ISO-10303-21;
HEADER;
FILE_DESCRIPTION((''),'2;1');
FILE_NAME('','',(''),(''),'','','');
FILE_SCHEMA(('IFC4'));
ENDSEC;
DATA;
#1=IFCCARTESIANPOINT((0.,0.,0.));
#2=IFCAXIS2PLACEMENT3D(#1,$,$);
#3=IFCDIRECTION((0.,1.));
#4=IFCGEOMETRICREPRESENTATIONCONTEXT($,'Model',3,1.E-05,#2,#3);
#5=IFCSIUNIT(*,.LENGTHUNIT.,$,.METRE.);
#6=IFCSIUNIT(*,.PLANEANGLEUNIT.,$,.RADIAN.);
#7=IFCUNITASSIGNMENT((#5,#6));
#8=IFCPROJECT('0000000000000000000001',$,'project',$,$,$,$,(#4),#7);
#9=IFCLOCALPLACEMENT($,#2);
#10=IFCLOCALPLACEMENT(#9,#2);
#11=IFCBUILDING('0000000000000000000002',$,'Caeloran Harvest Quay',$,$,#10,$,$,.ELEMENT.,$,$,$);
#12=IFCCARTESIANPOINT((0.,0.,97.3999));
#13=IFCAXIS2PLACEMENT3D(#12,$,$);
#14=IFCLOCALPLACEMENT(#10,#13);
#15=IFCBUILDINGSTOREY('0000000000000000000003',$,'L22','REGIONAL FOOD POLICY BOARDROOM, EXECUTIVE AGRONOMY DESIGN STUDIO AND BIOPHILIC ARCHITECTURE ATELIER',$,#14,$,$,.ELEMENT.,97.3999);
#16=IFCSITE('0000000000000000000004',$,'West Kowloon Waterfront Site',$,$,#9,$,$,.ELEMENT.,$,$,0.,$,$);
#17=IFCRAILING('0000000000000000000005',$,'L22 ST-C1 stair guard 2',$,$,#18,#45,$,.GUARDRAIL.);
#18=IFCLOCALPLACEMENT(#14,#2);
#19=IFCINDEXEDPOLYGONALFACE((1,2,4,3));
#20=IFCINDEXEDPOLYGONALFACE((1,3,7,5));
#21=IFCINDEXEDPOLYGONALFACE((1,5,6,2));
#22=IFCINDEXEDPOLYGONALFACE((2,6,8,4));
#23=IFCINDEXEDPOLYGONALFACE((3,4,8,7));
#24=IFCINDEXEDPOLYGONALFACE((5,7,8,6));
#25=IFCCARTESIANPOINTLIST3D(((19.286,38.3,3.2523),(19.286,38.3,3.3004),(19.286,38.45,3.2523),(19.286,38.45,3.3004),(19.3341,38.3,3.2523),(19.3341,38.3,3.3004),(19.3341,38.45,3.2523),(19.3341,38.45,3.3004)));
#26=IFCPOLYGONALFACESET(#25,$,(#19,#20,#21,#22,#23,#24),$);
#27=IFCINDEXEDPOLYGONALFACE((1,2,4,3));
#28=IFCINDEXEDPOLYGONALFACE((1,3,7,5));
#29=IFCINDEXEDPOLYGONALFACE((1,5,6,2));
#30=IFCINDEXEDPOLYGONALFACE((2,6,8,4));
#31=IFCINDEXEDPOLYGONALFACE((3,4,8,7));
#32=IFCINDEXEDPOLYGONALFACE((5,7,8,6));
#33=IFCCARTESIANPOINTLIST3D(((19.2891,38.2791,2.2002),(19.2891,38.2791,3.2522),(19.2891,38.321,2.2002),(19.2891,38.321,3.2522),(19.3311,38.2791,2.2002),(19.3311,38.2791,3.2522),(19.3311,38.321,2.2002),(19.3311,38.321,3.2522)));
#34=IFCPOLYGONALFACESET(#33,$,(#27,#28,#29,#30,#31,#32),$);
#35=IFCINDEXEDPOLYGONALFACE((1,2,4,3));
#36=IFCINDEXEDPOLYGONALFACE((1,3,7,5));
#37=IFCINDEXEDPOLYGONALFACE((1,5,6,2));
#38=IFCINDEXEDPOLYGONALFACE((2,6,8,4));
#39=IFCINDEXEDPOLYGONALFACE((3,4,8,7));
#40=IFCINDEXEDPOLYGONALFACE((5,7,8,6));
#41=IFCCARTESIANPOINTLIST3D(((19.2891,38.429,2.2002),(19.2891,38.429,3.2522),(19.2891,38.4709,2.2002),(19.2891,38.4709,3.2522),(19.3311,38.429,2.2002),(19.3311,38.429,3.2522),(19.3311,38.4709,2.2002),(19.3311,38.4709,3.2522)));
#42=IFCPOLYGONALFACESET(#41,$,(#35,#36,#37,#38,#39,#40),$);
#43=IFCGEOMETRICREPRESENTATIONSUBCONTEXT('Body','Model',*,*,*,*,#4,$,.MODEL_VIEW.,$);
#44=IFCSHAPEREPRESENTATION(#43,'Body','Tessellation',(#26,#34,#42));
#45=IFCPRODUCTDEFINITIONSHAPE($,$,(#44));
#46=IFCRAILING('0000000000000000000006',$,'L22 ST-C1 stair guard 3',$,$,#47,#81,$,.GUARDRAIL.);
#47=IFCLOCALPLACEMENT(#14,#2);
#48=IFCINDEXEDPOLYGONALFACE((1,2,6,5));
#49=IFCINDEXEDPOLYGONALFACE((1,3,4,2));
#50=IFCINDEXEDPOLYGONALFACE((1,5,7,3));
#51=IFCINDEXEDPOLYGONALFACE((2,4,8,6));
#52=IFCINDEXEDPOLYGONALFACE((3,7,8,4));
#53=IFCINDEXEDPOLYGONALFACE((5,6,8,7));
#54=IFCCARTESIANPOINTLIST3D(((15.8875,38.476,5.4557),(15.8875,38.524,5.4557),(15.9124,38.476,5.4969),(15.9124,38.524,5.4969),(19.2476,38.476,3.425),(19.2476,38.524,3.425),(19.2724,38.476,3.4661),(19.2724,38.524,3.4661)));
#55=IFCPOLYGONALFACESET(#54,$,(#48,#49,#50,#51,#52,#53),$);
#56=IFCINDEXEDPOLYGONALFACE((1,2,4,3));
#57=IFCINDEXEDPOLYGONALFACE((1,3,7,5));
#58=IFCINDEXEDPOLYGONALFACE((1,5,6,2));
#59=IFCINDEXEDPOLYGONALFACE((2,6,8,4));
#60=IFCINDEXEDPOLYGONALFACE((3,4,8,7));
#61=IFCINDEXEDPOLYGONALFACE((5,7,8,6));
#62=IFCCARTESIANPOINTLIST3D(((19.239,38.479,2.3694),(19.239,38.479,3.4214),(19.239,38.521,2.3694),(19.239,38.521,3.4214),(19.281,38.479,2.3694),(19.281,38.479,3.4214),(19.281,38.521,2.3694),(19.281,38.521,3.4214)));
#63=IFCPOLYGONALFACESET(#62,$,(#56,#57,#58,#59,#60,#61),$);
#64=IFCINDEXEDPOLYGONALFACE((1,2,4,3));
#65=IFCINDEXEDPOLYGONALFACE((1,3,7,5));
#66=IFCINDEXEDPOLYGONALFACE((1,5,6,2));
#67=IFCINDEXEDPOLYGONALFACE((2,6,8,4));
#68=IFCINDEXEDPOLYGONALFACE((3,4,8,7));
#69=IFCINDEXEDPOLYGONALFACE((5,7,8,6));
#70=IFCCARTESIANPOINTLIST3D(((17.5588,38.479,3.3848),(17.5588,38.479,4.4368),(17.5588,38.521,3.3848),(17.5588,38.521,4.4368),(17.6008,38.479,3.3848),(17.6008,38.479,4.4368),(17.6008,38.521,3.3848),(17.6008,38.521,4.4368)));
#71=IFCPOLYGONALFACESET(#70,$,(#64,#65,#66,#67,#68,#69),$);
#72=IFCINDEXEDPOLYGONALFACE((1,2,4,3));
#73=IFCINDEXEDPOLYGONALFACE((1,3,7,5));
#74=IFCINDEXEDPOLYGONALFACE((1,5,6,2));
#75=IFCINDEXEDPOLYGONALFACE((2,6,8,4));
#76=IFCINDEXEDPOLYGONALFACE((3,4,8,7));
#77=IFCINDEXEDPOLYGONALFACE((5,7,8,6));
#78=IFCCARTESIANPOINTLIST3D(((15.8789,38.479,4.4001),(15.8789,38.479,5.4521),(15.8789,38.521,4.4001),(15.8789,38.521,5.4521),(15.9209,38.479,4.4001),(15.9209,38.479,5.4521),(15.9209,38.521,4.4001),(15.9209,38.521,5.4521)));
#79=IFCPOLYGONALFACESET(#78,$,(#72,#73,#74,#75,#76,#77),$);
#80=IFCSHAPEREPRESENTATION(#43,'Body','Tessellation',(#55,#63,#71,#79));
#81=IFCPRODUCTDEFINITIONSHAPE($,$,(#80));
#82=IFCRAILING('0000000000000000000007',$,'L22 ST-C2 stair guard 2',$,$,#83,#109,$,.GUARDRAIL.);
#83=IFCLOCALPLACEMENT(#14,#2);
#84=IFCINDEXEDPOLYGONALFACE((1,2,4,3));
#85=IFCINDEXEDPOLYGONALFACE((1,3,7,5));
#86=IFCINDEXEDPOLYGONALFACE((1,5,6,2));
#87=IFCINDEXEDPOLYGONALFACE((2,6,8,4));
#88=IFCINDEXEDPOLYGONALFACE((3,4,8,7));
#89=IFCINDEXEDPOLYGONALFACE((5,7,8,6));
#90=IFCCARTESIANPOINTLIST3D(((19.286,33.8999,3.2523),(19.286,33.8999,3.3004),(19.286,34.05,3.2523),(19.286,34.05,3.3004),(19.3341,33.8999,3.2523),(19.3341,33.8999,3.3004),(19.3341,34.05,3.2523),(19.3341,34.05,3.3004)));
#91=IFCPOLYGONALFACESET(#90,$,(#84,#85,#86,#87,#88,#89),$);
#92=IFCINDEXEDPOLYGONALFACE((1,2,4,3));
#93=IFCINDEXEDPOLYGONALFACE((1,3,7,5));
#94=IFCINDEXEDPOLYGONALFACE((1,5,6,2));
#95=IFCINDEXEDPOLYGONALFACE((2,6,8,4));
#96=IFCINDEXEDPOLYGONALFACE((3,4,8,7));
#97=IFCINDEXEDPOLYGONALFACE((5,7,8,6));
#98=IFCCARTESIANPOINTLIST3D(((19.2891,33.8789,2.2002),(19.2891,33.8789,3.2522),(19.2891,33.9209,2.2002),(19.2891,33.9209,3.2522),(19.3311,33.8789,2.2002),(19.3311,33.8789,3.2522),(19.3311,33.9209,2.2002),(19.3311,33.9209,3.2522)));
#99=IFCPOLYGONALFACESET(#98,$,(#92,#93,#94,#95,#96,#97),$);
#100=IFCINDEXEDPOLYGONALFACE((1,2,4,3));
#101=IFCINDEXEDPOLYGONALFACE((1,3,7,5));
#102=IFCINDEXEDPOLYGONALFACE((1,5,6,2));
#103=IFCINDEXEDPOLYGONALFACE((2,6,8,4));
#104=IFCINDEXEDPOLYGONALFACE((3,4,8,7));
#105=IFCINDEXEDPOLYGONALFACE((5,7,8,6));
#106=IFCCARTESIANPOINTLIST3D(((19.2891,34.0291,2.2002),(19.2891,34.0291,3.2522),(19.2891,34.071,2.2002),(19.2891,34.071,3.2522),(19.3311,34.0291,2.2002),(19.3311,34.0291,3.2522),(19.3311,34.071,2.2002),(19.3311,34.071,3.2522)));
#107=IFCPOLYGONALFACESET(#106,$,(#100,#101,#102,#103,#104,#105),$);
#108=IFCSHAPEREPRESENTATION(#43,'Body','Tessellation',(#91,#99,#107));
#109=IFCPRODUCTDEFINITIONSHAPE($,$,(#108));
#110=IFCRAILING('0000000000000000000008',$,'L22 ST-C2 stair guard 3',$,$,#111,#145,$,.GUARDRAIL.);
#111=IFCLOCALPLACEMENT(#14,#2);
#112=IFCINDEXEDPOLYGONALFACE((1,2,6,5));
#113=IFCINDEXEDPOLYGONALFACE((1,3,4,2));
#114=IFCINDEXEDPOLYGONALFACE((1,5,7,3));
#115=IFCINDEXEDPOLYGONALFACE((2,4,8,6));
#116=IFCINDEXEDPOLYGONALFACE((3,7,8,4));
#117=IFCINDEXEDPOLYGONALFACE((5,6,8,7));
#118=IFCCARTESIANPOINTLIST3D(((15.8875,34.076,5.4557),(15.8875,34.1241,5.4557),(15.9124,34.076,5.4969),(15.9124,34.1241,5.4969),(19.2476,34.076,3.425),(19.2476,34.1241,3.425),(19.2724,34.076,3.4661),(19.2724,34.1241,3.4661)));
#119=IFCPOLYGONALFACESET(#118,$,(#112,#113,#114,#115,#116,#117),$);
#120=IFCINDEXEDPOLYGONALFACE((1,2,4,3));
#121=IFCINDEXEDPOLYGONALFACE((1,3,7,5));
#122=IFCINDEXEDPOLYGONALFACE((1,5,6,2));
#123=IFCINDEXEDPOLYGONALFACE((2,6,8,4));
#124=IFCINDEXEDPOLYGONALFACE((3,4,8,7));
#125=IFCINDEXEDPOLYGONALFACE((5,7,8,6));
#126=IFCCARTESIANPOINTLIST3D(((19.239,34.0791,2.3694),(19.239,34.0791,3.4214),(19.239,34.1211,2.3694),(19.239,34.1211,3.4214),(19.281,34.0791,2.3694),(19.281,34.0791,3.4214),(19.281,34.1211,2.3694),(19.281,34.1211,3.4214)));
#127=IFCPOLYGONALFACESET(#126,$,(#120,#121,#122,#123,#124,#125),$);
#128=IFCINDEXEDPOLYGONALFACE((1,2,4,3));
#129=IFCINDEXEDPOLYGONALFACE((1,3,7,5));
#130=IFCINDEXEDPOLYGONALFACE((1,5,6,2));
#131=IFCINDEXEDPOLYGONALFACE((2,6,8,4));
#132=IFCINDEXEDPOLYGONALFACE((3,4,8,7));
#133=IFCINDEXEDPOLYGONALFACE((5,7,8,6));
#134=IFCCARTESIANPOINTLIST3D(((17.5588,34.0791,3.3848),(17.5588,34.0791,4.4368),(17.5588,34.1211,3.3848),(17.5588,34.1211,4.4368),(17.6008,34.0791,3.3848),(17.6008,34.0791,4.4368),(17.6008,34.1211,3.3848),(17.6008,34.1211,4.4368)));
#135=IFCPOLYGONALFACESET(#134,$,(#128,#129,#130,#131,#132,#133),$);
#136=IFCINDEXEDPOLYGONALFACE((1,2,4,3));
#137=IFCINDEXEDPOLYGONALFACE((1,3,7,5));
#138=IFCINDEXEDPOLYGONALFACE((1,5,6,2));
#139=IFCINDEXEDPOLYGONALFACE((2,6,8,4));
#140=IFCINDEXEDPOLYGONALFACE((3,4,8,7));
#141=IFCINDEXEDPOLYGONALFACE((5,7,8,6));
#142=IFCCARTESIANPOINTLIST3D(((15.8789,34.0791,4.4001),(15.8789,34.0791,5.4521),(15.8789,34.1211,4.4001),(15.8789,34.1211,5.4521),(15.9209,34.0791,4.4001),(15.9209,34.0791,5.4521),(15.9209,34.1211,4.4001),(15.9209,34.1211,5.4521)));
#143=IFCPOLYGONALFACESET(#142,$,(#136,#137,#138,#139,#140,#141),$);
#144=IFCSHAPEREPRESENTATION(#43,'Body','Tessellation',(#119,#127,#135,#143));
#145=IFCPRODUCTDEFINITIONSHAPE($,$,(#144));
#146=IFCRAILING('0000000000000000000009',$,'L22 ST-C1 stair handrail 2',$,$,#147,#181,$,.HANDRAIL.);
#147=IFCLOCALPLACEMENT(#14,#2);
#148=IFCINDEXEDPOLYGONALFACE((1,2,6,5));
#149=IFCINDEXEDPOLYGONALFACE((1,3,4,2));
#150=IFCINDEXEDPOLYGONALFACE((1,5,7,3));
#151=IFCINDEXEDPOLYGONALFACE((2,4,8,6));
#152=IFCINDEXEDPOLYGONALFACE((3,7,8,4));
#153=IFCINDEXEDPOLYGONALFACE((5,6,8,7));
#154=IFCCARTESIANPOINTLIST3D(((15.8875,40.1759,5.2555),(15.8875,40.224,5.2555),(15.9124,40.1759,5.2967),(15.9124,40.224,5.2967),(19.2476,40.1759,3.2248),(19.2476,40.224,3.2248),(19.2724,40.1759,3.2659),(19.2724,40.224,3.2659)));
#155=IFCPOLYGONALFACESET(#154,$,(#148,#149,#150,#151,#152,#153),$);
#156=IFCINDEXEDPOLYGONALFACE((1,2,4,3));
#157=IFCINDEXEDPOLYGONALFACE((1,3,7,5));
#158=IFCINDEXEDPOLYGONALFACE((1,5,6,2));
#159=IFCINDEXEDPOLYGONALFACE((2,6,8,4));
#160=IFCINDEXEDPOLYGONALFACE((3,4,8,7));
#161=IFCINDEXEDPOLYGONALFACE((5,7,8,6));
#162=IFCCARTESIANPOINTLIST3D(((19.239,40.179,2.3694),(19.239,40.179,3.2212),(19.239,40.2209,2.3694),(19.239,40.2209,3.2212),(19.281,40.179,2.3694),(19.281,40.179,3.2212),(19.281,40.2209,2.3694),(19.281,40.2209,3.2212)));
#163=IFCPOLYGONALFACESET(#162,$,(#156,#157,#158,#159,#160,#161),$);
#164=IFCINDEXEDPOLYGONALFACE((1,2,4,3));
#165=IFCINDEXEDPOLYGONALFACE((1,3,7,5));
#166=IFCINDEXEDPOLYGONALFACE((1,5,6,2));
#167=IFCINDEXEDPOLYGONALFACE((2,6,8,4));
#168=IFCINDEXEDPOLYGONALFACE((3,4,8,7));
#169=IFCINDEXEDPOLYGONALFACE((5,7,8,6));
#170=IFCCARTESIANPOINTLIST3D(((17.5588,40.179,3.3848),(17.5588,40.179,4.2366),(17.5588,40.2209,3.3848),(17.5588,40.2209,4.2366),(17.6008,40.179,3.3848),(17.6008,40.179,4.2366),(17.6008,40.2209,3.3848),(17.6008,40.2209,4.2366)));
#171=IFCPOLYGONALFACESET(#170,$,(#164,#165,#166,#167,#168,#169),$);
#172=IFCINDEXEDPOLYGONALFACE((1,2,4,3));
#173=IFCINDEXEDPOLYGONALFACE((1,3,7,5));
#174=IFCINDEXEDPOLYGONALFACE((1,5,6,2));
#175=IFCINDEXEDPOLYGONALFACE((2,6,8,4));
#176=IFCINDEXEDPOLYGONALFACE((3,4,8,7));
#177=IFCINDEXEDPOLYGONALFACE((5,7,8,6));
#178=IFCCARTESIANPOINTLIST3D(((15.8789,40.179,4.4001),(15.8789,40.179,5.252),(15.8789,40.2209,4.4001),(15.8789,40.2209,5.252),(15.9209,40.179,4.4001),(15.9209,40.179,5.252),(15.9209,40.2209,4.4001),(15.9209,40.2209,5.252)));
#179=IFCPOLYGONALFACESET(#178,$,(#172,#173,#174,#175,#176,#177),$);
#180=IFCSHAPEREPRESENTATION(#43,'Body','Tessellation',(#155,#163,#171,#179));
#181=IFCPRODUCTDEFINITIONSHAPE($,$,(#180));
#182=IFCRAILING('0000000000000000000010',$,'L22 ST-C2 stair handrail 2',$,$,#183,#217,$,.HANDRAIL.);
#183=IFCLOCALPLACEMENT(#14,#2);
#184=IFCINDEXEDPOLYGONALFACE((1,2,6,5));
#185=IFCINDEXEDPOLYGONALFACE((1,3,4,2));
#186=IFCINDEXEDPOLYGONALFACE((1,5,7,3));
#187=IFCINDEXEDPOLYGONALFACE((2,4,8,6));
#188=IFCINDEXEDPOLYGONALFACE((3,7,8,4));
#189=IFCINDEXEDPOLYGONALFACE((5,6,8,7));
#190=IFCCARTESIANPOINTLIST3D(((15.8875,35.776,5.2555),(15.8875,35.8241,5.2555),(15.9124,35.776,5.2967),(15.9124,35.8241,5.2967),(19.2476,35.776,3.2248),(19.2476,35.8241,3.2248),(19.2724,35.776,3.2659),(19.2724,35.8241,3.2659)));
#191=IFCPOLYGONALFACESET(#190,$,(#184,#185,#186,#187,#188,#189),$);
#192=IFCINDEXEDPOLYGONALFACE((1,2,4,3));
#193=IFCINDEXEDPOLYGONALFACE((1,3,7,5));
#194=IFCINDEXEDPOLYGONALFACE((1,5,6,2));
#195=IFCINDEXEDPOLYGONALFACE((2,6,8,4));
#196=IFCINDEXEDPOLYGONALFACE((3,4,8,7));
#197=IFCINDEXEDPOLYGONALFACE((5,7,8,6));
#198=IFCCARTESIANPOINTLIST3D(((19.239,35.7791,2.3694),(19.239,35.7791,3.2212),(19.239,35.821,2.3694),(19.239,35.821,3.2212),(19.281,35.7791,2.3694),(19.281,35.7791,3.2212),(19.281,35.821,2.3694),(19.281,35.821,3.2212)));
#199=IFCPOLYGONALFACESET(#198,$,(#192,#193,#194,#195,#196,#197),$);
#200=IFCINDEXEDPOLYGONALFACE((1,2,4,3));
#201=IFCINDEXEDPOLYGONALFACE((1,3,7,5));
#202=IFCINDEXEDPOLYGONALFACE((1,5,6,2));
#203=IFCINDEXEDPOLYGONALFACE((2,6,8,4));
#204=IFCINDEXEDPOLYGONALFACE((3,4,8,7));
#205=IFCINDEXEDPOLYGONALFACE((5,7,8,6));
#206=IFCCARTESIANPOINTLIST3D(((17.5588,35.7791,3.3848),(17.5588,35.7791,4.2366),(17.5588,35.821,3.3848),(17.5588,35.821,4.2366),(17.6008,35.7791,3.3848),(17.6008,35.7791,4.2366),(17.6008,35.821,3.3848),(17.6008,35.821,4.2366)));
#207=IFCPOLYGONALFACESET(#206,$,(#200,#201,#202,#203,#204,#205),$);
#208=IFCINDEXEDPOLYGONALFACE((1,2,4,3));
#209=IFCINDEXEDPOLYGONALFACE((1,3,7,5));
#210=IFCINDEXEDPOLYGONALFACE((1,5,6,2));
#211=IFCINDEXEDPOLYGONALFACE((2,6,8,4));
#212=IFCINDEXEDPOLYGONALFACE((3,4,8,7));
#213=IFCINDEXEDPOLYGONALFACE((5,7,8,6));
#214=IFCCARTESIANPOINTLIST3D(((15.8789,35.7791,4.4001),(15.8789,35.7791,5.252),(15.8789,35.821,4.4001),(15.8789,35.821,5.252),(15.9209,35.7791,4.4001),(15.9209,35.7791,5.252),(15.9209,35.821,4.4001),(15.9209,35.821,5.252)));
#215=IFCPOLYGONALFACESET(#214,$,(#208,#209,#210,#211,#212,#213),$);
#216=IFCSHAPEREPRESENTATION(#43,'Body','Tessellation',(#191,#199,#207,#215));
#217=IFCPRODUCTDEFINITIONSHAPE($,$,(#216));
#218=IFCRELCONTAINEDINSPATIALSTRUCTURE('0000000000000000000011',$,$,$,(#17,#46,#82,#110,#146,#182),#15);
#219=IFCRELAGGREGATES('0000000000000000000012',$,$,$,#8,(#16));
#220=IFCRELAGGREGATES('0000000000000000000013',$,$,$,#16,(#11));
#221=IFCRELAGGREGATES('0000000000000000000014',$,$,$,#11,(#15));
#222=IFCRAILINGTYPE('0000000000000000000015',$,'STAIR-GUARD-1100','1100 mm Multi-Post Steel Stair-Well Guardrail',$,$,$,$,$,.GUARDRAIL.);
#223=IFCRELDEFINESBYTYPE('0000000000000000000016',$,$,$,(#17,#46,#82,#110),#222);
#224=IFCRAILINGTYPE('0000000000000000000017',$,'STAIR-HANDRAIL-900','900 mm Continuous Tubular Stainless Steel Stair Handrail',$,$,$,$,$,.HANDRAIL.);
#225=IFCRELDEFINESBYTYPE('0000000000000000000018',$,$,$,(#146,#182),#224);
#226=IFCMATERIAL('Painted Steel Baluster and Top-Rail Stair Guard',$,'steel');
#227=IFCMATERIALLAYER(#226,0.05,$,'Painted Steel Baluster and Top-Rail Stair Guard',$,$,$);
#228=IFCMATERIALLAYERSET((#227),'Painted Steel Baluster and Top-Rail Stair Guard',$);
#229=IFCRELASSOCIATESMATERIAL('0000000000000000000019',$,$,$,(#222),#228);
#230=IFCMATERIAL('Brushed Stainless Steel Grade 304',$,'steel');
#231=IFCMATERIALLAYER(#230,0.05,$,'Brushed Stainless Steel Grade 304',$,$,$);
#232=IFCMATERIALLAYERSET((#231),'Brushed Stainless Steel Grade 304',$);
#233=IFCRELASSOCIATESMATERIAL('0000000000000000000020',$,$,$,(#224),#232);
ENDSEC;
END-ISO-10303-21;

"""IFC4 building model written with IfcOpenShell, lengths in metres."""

from ifc_helpers import new_model, si_unit, direction, frame, origin, origin_2d, place, context, subcontext, project, spatial, rectangle, extrude, material, layer, layer_set, type_object, element, save


model = new_model("IFC4")

# Units and contexts
model_context = context("Model", 3, precision=1e-05, world=origin(), true_north=direction((0.0, 1.0)))
body_context = subcontext(model_context, "Body", "Model", "MODEL_VIEW")
ifc_project = project(units=[si_unit("LENGTHUNIT", "METRE"), si_unit("PLANEANGLEUNIT", "RADIAN")], contexts=[model_context])

# Site, building, storey
site_placement = place(None, origin())
site = spatial("IfcSite", under=ifc_project, at=site_placement, Name="West Kowloon Waterfront Site", CompositionType="ELEMENT", RefElevation=0.0)
building_placement = place(site_placement, origin())
building = spatial("IfcBuilding", under=site, at=building_placement, Name="Caeloran Harvest Quay", CompositionType="ELEMENT")
storey_placement = place(building_placement, frame((0.0, 0.0, 97.3999)))
storey = spatial("IfcBuildingStorey", under=building, at=storey_placement, Name="L22", Description="REGIONAL FOOD POLICY BOARDROOM, EXECUTIVE AGRONOMY DESIGN STUDIO AND BIOPHILIC ARCHITECTURE ATELIER", CompositionType="ELEMENT", Elevation=97.3999)

# Railings
ifc_material_1 = material(Name="Painted Steel Baluster and Top-Rail Stair Guard", Category="steel")
ifc_layer_1 = layer(ifc_material_1, 0.05, Name="Painted Steel Baluster and Top-Rail Stair Guard")
ifc_layer_set_1 = layer_set([ifc_layer_1], Name="Painted Steel Baluster and Top-Rail Stair Guard")
railing_type_1 = type_object("IfcRailingType", Name="STAIR-GUARD-1100", Description="1100 mm Multi-Post Steel Stair-Well Guardrail", PredefinedType="GUARDRAIL", material=ifc_layer_set_1)
railing_1_placement = place(storey_placement, frame((19.3101, 38.3, 2.2002)))
element("IfcRailing", 1, at=railing_1_placement, inside=storey, type_object=railing_type_1, Name="L22 ST-C1 stair guard 2", PredefinedType="GUARDRAIL", context=body_context, shape_type="SweptSolid", body=[
    extrude(rectangle(XDim=0.0481, YDim=0.0481, at=origin_2d()), frame((0.0, 0.0, 1.0762), z_axis=(0.0, 1.0, 0.0), x_axis=(-1.0, 0.0, 0.0)), (0.0, 0.0, 1.0), 0.1499),
    extrude(rectangle(XDim=0.042, YDim=0.042, at=origin_2d()), origin(), (0.0, 0.0, 1.0), 1.052),
    extrude(rectangle(XDim=0.042, YDim=0.042, at=origin_2d()), frame((0.0, 0.1499, 0.0)), (0.0, 0.0, 1.0), 1.052),
])
railing_2_placement = place(storey_placement, frame((19.26, 38.5, 2.3694)))
element("IfcRailing", 2, at=railing_2_placement, inside=storey, type_object=railing_type_1, Name="L22 ST-C1 stair guard 3", PredefinedType="GUARDRAIL", context=body_context, shape_type="SweptSolid", body=[
    extrude(rectangle(XDim=0.0481, YDim=0.0481, at=origin_2d()), frame((0.0, 0.0, 1.0762), z_axis=(-0.855837, 0.0, 0.517246), x_axis=(0.0, -1.0, 0.0)), (0.0, 0.0, 1.0), 3.926),
    extrude(rectangle(XDim=0.042, YDim=0.042, at=origin_2d()), origin(), (0.0, 0.0, 1.0), 1.052),
    extrude(rectangle(XDim=0.042, YDim=0.042, at=origin_2d()), frame((-1.6802, 0.0, 1.0154)), (0.0, 0.0, 1.0), 1.052),
    extrude(rectangle(XDim=0.042, YDim=0.042, at=origin_2d()), frame((-3.3601, 0.0, 2.0308)), (0.0, 0.0, 1.0), 1.052),
])
railing_3_placement = place(storey_placement, frame((19.3101, 33.8999, 2.2002)))
element("IfcRailing", 3, at=railing_3_placement, inside=storey, type_object=railing_type_1, Name="L22 ST-C2 stair guard 2", PredefinedType="GUARDRAIL", context=body_context, shape_type="SweptSolid", body=[
    extrude(rectangle(XDim=0.0481, YDim=0.0481, at=origin_2d()), frame((0.0, 0.0, 1.0762), z_axis=(0.0, 1.0, 0.0), x_axis=(-1.0, 0.0, 0.0)), (0.0, 0.0, 1.0), 0.1501),
    extrude(rectangle(XDim=0.042, YDim=0.042, at=origin_2d()), origin(), (0.0, 0.0, 1.0), 1.052),
    extrude(rectangle(XDim=0.042, YDim=0.042, at=origin_2d()), frame((0.0, 0.1501, 0.0)), (0.0, 0.0, 1.0), 1.052),
])
railing_4_placement = place(storey_placement, frame((19.26, 34.1001, 2.3694)))
element("IfcRailing", 4, at=railing_4_placement, inside=storey, type_object=railing_type_1, Name="L22 ST-C2 stair guard 3", PredefinedType="GUARDRAIL", context=body_context, shape_type="SweptSolid", body=[
    extrude(rectangle(XDim=0.0481, YDim=0.0481, at=origin_2d()), frame((0.0, 0.0, 1.0762), z_axis=(-0.855837, 0.0, 0.517246), x_axis=(0.0, -1.0, 0.0)), (0.0, 0.0, 1.0), 3.926),
    extrude(rectangle(XDim=0.042, YDim=0.042, at=origin_2d()), origin(), (0.0, 0.0, 1.0), 1.052),
    extrude(rectangle(XDim=0.042, YDim=0.042, at=origin_2d()), frame((-1.6802, 0.0, 1.0154)), (0.0, 0.0, 1.0), 1.052),
    extrude(rectangle(XDim=0.042, YDim=0.042, at=origin_2d()), frame((-3.3601, 0.0, 2.0308)), (0.0, 0.0, 1.0), 1.052),
])
ifc_material_2 = material(Name="Brushed Stainless Steel Grade 304", Category="steel")
ifc_layer_2 = layer(ifc_material_2, 0.05, Name="Brushed Stainless Steel Grade 304")
ifc_layer_set_2 = layer_set([ifc_layer_2], Name="Brushed Stainless Steel Grade 304")
railing_type_2 = type_object("IfcRailingType", Name="STAIR-HANDRAIL-900", Description="900 mm Continuous Tubular Stainless Steel Stair Handrail", PredefinedType="HANDRAIL", material=ifc_layer_set_2)
for number, where, name in (
    (5, (19.26, 40.2, 2.3694), "L22 ST-C1 stair handrail 2"),
    (6, (19.26, 35.8, 2.3694), "L22 ST-C2 stair handrail 2"),
):
    element("IfcRailing", number, at=place(storey_placement, frame(where)), inside=storey, type_object=railing_type_2, Name=name, PredefinedType="HANDRAIL", context=body_context, shape_type="SweptSolid", body=[
        extrude(rectangle(XDim=0.0481, YDim=0.0481, at=origin_2d()), frame((0.0, 0.0, 0.876), z_axis=(-0.855837, 0.0, 0.517246), x_axis=(0.0, -1.0, 0.0)), (0.0, 0.0, 1.0), 3.926),
        extrude(rectangle(XDim=0.042, YDim=0.042, at=origin_2d()), origin(), (0.0, 0.0, 1.0), 0.8518),
        extrude(rectangle(XDim=0.042, YDim=0.042, at=origin_2d()), frame((-1.6802, 0.0, 1.0154)), (0.0, 0.0, 1.0), 0.8518),
        extrude(rectangle(XDim=0.042, YDim=0.042, at=origin_2d()), frame((-3.3601, 0.0, 2.0308)), (0.0, 0.0, 1.0), 0.8518),
    ])

save(model, "model.ifc")
